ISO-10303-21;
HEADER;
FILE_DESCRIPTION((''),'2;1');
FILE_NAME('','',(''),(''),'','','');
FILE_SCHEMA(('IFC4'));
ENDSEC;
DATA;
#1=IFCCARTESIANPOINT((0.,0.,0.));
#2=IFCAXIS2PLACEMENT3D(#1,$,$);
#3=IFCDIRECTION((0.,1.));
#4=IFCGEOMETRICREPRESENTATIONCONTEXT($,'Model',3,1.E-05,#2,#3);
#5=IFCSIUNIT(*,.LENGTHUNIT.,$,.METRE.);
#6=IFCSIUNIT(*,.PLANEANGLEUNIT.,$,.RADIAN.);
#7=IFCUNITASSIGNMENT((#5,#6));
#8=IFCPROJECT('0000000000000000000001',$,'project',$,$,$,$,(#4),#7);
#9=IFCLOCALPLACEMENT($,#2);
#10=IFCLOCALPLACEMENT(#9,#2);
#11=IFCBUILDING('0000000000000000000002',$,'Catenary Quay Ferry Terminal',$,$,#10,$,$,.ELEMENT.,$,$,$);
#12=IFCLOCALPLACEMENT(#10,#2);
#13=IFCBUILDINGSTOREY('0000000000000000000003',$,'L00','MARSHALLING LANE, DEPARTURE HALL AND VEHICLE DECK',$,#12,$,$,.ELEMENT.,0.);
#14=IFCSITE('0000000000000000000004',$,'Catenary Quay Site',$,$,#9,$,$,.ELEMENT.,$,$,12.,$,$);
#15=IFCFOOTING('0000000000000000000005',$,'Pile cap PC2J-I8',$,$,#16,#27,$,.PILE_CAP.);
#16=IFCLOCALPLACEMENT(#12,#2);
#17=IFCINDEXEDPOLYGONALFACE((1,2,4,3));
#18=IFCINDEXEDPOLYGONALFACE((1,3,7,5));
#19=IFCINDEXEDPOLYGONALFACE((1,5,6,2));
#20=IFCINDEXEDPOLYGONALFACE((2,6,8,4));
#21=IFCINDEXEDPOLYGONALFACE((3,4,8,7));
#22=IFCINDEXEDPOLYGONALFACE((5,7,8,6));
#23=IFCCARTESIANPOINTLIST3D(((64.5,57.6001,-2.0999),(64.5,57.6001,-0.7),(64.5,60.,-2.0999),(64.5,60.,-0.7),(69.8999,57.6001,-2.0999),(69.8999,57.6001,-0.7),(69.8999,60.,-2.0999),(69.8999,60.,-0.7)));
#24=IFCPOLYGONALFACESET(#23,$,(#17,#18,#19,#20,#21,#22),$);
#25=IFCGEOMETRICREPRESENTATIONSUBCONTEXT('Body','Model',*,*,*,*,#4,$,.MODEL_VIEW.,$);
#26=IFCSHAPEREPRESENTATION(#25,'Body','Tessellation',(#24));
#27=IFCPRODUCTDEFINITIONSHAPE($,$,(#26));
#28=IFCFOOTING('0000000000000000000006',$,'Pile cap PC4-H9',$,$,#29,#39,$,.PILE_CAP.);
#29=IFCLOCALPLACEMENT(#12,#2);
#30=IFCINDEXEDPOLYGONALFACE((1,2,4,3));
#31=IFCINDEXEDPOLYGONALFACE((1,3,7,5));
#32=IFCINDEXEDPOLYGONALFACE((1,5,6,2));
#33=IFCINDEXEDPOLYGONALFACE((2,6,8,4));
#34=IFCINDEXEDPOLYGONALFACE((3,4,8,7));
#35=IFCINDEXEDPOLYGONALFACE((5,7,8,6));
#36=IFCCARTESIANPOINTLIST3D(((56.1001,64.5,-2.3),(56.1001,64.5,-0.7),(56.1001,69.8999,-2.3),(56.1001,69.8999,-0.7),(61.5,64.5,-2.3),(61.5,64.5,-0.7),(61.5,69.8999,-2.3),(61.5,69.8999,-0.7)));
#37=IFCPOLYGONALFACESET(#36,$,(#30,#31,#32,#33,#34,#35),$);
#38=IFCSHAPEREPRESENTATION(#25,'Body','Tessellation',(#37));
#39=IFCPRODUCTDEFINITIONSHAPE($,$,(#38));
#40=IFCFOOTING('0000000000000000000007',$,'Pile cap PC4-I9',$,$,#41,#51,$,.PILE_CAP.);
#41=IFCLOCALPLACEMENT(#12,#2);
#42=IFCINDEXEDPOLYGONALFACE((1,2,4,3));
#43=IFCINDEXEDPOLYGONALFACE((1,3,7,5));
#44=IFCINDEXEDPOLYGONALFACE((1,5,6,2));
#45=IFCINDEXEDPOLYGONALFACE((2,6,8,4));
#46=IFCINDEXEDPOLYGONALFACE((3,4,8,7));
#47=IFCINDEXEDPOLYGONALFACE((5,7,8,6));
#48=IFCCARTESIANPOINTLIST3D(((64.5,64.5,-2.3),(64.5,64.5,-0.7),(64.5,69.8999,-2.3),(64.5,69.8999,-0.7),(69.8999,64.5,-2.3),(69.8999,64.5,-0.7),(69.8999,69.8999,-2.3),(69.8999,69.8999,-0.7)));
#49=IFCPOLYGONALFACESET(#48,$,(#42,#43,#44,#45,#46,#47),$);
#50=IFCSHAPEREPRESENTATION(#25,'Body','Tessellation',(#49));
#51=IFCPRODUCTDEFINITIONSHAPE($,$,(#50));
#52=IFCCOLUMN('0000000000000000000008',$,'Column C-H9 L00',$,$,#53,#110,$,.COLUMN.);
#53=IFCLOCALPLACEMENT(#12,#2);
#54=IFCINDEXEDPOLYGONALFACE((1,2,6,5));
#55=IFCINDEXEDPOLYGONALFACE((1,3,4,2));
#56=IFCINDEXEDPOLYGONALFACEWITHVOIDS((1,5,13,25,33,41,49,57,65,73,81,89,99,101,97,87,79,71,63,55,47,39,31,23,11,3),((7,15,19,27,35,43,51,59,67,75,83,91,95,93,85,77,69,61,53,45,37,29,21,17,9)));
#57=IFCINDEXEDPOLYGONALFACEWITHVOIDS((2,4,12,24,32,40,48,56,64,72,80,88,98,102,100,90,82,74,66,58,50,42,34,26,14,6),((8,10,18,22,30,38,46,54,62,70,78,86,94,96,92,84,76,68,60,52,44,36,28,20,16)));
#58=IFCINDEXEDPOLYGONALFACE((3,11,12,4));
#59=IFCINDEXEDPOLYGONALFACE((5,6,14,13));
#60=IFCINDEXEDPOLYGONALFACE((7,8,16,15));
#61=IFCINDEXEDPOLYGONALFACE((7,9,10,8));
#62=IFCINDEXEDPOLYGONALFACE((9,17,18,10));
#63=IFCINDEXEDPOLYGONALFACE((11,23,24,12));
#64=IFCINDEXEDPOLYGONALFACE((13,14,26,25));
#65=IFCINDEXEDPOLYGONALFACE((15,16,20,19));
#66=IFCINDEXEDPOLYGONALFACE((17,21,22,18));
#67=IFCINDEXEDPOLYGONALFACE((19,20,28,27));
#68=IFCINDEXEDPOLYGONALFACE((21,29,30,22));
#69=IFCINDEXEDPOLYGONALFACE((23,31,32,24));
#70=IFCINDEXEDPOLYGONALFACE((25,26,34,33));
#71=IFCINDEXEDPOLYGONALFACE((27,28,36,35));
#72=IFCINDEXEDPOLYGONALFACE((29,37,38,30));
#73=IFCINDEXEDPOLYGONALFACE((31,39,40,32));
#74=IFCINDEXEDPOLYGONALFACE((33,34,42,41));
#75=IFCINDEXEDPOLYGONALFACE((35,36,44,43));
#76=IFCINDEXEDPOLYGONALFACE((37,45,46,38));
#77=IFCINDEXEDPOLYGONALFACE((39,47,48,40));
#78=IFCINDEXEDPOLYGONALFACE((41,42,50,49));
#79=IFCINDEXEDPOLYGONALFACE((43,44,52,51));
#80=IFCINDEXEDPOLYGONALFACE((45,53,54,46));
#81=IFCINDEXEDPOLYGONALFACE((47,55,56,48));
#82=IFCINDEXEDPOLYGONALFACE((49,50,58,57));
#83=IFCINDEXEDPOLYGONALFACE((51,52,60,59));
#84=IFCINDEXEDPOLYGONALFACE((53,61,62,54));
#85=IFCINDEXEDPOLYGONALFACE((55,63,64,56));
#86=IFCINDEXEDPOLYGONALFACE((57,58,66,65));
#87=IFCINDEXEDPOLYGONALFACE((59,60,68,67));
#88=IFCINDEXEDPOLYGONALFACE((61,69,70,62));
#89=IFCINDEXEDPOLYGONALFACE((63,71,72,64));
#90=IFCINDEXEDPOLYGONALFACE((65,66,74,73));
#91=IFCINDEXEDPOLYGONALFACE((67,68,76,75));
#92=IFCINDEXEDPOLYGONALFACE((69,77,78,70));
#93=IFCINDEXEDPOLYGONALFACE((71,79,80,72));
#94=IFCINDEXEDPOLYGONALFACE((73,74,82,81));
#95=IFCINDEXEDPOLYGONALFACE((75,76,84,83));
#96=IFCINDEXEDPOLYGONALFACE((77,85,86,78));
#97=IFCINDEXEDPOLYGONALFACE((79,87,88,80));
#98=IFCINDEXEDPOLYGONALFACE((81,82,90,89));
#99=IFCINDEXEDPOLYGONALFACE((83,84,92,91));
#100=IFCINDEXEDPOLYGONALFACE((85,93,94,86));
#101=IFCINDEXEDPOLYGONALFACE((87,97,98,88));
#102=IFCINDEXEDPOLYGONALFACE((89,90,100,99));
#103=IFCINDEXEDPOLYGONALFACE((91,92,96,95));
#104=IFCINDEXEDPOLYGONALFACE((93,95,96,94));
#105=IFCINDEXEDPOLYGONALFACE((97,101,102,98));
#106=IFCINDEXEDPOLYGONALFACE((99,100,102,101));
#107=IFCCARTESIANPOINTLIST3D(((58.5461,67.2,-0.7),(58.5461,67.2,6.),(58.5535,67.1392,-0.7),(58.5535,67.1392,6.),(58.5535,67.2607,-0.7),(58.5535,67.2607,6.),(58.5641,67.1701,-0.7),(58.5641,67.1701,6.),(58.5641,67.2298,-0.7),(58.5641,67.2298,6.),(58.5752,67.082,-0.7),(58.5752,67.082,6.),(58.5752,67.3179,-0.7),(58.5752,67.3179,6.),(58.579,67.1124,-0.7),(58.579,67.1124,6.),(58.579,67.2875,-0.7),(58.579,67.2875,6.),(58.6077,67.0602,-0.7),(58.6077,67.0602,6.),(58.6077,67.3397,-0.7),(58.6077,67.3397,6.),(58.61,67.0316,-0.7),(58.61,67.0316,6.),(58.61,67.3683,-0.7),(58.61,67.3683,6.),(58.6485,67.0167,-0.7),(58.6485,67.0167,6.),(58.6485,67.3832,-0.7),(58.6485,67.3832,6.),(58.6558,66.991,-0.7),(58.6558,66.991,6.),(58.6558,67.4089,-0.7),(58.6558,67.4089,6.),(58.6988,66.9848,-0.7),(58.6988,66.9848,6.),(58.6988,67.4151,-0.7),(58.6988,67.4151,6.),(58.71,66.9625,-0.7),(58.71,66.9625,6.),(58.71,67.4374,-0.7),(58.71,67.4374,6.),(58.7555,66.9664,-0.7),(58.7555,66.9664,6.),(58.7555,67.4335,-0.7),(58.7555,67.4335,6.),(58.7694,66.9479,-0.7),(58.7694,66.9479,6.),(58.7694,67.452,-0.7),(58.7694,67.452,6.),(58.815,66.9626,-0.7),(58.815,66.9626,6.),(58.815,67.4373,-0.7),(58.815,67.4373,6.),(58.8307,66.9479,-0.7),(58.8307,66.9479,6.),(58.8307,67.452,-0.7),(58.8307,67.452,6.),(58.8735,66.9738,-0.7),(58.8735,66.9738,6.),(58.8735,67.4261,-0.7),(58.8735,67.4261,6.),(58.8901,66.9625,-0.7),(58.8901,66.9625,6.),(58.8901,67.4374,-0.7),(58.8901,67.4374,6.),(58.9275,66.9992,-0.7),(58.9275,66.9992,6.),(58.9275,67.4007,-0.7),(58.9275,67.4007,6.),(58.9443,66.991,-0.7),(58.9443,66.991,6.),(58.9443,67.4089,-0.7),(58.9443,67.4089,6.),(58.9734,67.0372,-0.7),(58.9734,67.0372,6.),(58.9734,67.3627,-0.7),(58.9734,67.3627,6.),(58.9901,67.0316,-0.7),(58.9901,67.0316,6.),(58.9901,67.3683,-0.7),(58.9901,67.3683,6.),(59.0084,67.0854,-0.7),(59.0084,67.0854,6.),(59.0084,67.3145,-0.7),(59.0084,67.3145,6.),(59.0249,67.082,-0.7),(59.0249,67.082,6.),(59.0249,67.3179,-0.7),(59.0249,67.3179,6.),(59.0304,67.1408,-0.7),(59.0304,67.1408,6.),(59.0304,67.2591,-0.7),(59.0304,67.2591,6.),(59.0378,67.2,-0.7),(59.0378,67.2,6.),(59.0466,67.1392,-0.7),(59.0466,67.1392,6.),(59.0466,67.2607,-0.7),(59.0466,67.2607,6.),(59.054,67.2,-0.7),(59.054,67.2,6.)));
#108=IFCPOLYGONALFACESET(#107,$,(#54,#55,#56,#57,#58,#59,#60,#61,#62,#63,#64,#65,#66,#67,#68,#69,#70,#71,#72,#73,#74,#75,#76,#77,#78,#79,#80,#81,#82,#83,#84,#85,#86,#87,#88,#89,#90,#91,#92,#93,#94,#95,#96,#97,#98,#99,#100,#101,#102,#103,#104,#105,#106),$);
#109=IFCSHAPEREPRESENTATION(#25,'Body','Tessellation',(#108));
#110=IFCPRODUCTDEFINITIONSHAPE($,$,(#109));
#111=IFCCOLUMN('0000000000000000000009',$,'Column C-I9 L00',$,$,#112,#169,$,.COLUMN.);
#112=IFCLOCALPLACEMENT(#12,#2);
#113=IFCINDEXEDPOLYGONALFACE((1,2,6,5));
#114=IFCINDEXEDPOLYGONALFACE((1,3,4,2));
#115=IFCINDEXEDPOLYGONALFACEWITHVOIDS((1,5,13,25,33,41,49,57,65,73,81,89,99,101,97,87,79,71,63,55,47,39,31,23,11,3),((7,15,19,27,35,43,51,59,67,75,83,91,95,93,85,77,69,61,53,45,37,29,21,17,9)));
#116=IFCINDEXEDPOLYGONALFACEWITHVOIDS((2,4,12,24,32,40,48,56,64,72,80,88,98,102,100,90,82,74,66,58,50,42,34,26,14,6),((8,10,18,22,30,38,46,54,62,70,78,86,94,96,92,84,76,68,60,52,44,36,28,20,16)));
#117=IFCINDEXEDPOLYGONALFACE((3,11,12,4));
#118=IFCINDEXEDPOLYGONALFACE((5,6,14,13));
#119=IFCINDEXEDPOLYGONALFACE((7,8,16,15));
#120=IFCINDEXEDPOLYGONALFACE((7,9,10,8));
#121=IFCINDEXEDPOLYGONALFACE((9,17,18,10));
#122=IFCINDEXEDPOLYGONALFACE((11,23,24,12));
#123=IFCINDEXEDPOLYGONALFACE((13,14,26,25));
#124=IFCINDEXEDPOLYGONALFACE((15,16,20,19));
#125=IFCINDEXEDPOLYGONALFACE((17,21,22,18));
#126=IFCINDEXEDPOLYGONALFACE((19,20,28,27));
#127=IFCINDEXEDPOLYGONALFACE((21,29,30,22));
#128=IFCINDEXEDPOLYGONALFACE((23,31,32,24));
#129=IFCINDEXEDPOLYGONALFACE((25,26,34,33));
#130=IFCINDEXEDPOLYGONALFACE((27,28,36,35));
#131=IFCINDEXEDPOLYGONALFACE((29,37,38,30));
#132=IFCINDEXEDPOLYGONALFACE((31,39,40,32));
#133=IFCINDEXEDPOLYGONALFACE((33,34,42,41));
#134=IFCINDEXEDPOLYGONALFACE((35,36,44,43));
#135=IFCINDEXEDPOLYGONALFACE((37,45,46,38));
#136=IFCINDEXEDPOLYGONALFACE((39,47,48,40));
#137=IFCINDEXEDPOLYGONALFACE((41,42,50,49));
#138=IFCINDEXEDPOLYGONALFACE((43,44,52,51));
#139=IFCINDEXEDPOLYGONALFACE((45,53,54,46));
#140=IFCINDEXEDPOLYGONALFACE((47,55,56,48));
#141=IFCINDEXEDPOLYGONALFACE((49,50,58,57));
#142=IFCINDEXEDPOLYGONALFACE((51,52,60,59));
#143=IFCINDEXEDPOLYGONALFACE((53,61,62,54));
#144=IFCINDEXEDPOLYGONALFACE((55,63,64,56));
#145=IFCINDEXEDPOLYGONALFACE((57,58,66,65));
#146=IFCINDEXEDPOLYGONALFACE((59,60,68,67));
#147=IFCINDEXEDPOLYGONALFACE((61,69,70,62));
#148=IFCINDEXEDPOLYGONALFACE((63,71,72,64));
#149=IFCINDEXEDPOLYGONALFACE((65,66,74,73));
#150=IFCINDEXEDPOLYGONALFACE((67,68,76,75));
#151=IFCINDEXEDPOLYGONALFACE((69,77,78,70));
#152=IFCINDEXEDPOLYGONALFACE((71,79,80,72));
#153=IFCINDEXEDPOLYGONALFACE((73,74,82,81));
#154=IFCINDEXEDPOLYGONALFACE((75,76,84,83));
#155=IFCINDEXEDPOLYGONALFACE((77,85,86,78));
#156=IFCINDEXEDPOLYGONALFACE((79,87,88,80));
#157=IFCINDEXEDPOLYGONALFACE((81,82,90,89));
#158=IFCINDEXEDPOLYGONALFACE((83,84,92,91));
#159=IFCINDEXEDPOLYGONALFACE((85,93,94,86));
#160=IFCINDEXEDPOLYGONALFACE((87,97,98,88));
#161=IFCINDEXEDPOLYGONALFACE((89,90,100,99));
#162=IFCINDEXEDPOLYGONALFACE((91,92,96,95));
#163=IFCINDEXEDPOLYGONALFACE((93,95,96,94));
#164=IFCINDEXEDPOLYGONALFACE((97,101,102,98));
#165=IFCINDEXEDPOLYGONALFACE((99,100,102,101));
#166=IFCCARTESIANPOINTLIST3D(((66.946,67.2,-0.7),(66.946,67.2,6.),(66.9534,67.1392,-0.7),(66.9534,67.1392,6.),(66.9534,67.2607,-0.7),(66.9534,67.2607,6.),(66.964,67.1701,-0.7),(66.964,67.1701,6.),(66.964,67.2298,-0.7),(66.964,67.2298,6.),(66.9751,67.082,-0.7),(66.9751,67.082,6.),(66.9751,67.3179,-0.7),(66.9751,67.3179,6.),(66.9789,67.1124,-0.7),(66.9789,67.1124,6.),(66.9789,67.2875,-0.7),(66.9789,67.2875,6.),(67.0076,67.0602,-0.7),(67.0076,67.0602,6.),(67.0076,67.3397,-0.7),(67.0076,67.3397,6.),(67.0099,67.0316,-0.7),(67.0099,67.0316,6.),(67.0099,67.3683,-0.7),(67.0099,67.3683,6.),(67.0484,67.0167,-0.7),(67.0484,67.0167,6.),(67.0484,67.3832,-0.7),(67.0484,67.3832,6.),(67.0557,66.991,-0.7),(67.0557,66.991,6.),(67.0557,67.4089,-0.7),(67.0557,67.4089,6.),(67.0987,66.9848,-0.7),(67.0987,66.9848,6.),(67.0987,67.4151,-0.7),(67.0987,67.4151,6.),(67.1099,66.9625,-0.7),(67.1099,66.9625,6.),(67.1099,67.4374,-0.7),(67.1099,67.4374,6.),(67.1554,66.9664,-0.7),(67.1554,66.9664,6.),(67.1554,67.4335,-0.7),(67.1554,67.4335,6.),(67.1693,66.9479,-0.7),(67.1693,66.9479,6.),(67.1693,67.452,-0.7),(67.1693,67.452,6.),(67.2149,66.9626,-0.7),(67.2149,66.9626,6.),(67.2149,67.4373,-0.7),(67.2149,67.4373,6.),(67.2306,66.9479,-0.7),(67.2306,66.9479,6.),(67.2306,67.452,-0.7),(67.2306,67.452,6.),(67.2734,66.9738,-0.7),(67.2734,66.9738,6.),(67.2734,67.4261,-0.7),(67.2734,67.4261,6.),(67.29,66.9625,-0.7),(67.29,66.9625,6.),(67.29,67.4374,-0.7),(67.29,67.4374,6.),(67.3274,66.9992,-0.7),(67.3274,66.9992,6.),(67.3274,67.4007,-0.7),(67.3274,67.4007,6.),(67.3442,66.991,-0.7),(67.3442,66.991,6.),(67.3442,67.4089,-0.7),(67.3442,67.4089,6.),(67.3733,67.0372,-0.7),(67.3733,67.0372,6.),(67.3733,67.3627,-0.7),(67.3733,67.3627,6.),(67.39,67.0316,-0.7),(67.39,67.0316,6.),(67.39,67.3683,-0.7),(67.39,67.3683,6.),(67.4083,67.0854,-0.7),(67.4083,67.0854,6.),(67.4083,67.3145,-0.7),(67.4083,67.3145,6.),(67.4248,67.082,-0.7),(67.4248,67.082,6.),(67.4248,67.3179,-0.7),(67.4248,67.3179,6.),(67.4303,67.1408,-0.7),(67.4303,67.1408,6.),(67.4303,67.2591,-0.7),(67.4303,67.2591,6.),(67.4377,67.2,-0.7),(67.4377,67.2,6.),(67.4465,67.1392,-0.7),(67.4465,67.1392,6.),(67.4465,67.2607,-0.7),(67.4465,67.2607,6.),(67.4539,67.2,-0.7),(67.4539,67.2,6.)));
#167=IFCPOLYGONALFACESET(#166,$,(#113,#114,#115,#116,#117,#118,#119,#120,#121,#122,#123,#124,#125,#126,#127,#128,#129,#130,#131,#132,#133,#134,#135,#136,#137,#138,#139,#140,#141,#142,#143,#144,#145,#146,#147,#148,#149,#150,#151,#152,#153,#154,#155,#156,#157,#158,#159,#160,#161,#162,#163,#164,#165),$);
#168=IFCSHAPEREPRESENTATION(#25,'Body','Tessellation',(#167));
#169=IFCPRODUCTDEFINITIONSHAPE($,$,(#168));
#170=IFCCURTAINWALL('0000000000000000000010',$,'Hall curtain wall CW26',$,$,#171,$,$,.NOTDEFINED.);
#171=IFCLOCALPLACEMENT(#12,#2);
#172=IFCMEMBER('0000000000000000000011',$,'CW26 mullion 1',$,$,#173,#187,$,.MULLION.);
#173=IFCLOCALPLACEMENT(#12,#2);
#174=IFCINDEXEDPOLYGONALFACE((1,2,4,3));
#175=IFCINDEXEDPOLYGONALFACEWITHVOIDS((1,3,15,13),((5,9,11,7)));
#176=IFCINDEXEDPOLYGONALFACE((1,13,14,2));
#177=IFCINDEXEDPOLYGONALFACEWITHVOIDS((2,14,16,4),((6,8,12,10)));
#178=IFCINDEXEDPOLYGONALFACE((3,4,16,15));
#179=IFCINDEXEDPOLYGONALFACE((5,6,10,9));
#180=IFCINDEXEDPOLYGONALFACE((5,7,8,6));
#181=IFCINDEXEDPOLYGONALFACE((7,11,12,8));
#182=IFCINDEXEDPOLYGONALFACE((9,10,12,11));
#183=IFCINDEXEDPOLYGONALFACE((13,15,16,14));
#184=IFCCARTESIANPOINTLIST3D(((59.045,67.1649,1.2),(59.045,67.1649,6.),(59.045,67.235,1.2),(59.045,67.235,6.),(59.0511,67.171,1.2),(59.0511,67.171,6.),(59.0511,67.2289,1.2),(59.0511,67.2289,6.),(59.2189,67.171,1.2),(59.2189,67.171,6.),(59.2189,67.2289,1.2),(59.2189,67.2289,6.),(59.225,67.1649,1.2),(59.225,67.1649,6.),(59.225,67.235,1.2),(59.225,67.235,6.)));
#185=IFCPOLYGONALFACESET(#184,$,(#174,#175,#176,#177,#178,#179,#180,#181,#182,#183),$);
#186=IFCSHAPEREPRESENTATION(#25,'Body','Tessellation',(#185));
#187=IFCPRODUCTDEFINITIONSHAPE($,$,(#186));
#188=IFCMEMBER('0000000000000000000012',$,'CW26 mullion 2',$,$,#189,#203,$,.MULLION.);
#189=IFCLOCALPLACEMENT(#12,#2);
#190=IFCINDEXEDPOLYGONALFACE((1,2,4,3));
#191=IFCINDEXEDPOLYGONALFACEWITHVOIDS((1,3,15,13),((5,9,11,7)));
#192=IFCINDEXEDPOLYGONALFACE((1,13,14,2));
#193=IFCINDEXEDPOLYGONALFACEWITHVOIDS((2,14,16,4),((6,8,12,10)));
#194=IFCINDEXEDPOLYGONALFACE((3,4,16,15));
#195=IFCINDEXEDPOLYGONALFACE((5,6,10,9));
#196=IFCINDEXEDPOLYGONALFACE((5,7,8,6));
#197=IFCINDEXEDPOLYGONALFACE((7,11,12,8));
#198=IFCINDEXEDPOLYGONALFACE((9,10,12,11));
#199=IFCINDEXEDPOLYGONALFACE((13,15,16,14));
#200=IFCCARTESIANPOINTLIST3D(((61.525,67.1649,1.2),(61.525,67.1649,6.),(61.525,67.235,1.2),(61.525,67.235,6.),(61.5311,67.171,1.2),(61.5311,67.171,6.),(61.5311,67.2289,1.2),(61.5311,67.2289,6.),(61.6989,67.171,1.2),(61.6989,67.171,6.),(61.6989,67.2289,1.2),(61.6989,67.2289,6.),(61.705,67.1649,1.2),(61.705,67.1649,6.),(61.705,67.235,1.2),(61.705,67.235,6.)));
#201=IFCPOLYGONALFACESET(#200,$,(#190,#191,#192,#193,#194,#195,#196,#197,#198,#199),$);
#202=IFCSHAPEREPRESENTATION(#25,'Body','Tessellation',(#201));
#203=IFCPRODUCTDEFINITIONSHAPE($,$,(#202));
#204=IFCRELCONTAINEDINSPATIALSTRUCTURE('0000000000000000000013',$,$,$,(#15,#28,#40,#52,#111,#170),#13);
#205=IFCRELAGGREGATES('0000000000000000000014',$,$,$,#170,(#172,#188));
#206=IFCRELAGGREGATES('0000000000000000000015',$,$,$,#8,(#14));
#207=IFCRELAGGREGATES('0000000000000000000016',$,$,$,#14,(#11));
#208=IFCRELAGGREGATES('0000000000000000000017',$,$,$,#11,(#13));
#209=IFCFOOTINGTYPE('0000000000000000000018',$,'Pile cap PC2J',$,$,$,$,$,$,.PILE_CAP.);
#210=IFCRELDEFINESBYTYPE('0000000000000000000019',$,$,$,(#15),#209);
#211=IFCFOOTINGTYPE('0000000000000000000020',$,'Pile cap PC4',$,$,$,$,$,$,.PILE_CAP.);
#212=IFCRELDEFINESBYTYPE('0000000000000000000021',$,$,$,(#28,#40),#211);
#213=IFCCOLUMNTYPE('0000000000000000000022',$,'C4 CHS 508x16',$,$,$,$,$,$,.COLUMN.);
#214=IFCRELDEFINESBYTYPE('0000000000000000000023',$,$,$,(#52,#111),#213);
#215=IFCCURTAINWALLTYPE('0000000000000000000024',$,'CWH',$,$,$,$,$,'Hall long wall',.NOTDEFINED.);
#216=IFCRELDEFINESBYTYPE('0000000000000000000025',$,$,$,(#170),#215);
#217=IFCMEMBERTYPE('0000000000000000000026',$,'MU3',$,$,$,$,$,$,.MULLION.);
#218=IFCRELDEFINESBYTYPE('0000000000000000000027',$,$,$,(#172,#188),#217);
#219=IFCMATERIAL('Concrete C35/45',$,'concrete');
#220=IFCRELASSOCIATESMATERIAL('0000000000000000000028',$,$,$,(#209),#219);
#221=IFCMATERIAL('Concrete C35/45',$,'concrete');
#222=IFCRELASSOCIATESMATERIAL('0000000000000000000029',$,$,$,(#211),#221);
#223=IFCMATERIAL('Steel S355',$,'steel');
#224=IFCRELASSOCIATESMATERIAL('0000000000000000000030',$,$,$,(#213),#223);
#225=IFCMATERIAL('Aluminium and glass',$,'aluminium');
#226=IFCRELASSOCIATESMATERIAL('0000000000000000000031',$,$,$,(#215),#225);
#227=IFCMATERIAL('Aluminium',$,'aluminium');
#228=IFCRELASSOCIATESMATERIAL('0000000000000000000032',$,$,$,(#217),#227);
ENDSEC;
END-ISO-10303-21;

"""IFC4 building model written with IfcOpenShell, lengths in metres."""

from ifc_helpers import new_model, si_unit, direction, frame, origin, origin_2d, place, context, subcontext, project, spatial, rectangle, hollow_rectangle, hollow_circle, extrude, material, material_profile, profile_set, type_object, element, aggregate, save


model = new_model("IFC4")

# Units and contexts
model_context = context("Model", 3, precision=1e-05, world=origin(), true_north=direction((0.0, 1.0)))
body_context = subcontext(model_context, "Body", "Model", "MODEL_VIEW")
ifc_project = project(units=[si_unit("LENGTHUNIT", "METRE"), si_unit("PLANEANGLEUNIT", "RADIAN")], contexts=[model_context])

# Site, building, storey
site_placement = place(None, origin())
site = spatial("IfcSite", under=ifc_project, at=site_placement, Name="Catenary Quay Site", CompositionType="ELEMENT", RefElevation=12.0)
building_placement = place(site_placement, origin())
building = spatial("IfcBuilding", under=site, at=building_placement, Name="Catenary Quay Ferry Terminal", CompositionType="ELEMENT")
storey_placement = place(building_placement, origin())
storey = spatial("IfcBuildingStorey", under=building, at=storey_placement, Name="L00", Description="MARSHALLING LANE, DEPARTURE HALL AND VEHICLE DECK", CompositionType="ELEMENT", Elevation=0.0)

# Footings
ifc_material_1 = material(Name="Concrete C35/45", Category="concrete")
footing_type_1 = type_object("IfcFootingType", Name="Pile cap PC2J", PredefinedType="PILE_CAP", material=ifc_material_1)
footing_placement = place(storey_placement, frame((67.2, 58.8, -2.0999), z_axis=(0.0, 0.0, 1.0), x_axis=(1.0, 0.0, 0.0)))
element("IfcFooting", 1, at=footing_placement, inside=storey, type_object=footing_type_1, Name="Pile cap PC2J-I8", PredefinedType="PILE_CAP", context=body_context, shape_type="SweptSolid", body=[
    extrude(rectangle(XDim=5.3999, YDim=2.3999, at=origin_2d()), origin(), (0.0, 0.0, 1.0), 1.3999),
])
ifc_material_2 = material(Name="Concrete C35/45", Category="concrete")
footing_type_2 = type_object("IfcFootingType", Name="Pile cap PC4", PredefinedType="PILE_CAP", material=ifc_material_2)
for number, where, z_axis, x_axis, name in (
    (2, (58.8, 67.2, -2.3), (0.0, 0.0, 1.0), (1.0, 0.0, 0.0), "Pile cap PC4-H9"),
    (3, (67.2, 67.2, -2.3), (0.0, 0.0, 1.0), (1.0, 0.0, 0.0), "Pile cap PC4-I9"),
):
    element("IfcFooting", number, at=place(storey_placement, frame(where, z_axis=z_axis, x_axis=x_axis)), inside=storey, type_object=footing_type_2, Name=name, PredefinedType="PILE_CAP", context=body_context, shape_type="SweptSolid", body=[
        extrude(rectangle(XDim=5.3999, YDim=5.3999, at=origin_2d()), origin(), (0.0, 0.0, 1.0), 1.6001),
    ])

# Columns
ifc_material_3 = material(Name="Steel S355", Category="steel")
ifc_material_profile_1 = material_profile(ifc_material_3, hollow_circle(Radius=0.2539, WallThickness=0.0161, at=origin_2d()), Name="CHS 508x16")
ifc_profile_set_1 = profile_set([ifc_material_profile_1], Name="Steel S355")
column_type = type_object("IfcColumnType", Name="C4 CHS 508x16", PredefinedType="COLUMN", material=ifc_profile_set_1)
for number, where, z_axis, x_axis, name in (
    (4, (58.8, 67.2, -0.7), (0.0, 0.0, 1.0), (1.0, 0.0, 0.0), "Column C-H9 L00"),
    (5, (67.2, 67.2, -0.7), (0.0, 0.0, 1.0), (1.0, 0.0, 0.0), "Column C-I9 L00"),
):
    element("IfcColumn", number, at=place(storey_placement, frame(where, z_axis=z_axis, x_axis=x_axis)), inside=storey, type_object=column_type, Name=name, PredefinedType="COLUMN", context=body_context, shape_type="SweptSolid", body=[
        extrude(hollow_circle(Radius=0.2539, WallThickness=0.0161, at=origin_2d()), origin(), (0.0, 0.0, 1.0), 6.7),
    ])

# Curtain wall, members
ifc_material_4 = material(Name="Aluminium and glass", Category="aluminium")
curtain_wall_type = type_object("IfcCurtainWallType", Name="CWH", ElementType="Hall long wall", PredefinedType="NOTDEFINED", material=ifc_material_4)
curtain_wall_1_placement = place(storey_placement, origin())
curtain_wall_1 = element("IfcCurtainWall", 6, at=curtain_wall_1_placement, inside=storey, type_object=curtain_wall_type, Name="Hall curtain wall CW26", PredefinedType="NOTDEFINED")
ifc_material_5 = material(Name="Aluminium", Category="aluminium")
ifc_material_profile_2 = material_profile(ifc_material_5, hollow_rectangle(XDim=0.0701, YDim=0.1799, WallThickness=0.0061, at=origin_2d()), Name="MU3")
ifc_profile_set_2 = profile_set([ifc_material_profile_2], Name="Aluminium")
member_type_1 = type_object("IfcMemberType", Name="MU3", PredefinedType="MULLION", material=ifc_profile_set_2)
member_1_placement = place(storey_placement, frame((59.135, 67.2, 1.2), z_axis=(0.0, 0.0, 1.0), x_axis=(0.0, 1.0, 0.0)))
member_1 = element("IfcMember", 7, at=member_1_placement, type_object=member_type_1, Name="CW26 mullion 1", PredefinedType="MULLION", context=body_context, shape_type="SweptSolid", body=[
    extrude(hollow_rectangle(XDim=0.0701, YDim=0.1799, WallThickness=0.0061, at=origin_2d()), origin(), (0.0, 0.0, 1.0), 4.8),
])
member_2_placement = place(storey_placement, frame((61.615, 67.2, 1.2), z_axis=(0.0, 0.0, 1.0), x_axis=(0.0, 1.0, 0.0)))
member_2 = element("IfcMember", 8, at=member_2_placement, type_object=member_type_1, Name="CW26 mullion 2", PredefinedType="MULLION", context=body_context, shape_type="SweptSolid", body=[
    extrude(hollow_rectangle(XDim=0.0701, YDim=0.1799, WallThickness=0.0061, at=origin_2d()), origin(), (0.0, 0.0, 1.0), 4.8),
])

aggregate(curtain_wall_1, [member_1, member_2])

save(model, "model.ifc")
